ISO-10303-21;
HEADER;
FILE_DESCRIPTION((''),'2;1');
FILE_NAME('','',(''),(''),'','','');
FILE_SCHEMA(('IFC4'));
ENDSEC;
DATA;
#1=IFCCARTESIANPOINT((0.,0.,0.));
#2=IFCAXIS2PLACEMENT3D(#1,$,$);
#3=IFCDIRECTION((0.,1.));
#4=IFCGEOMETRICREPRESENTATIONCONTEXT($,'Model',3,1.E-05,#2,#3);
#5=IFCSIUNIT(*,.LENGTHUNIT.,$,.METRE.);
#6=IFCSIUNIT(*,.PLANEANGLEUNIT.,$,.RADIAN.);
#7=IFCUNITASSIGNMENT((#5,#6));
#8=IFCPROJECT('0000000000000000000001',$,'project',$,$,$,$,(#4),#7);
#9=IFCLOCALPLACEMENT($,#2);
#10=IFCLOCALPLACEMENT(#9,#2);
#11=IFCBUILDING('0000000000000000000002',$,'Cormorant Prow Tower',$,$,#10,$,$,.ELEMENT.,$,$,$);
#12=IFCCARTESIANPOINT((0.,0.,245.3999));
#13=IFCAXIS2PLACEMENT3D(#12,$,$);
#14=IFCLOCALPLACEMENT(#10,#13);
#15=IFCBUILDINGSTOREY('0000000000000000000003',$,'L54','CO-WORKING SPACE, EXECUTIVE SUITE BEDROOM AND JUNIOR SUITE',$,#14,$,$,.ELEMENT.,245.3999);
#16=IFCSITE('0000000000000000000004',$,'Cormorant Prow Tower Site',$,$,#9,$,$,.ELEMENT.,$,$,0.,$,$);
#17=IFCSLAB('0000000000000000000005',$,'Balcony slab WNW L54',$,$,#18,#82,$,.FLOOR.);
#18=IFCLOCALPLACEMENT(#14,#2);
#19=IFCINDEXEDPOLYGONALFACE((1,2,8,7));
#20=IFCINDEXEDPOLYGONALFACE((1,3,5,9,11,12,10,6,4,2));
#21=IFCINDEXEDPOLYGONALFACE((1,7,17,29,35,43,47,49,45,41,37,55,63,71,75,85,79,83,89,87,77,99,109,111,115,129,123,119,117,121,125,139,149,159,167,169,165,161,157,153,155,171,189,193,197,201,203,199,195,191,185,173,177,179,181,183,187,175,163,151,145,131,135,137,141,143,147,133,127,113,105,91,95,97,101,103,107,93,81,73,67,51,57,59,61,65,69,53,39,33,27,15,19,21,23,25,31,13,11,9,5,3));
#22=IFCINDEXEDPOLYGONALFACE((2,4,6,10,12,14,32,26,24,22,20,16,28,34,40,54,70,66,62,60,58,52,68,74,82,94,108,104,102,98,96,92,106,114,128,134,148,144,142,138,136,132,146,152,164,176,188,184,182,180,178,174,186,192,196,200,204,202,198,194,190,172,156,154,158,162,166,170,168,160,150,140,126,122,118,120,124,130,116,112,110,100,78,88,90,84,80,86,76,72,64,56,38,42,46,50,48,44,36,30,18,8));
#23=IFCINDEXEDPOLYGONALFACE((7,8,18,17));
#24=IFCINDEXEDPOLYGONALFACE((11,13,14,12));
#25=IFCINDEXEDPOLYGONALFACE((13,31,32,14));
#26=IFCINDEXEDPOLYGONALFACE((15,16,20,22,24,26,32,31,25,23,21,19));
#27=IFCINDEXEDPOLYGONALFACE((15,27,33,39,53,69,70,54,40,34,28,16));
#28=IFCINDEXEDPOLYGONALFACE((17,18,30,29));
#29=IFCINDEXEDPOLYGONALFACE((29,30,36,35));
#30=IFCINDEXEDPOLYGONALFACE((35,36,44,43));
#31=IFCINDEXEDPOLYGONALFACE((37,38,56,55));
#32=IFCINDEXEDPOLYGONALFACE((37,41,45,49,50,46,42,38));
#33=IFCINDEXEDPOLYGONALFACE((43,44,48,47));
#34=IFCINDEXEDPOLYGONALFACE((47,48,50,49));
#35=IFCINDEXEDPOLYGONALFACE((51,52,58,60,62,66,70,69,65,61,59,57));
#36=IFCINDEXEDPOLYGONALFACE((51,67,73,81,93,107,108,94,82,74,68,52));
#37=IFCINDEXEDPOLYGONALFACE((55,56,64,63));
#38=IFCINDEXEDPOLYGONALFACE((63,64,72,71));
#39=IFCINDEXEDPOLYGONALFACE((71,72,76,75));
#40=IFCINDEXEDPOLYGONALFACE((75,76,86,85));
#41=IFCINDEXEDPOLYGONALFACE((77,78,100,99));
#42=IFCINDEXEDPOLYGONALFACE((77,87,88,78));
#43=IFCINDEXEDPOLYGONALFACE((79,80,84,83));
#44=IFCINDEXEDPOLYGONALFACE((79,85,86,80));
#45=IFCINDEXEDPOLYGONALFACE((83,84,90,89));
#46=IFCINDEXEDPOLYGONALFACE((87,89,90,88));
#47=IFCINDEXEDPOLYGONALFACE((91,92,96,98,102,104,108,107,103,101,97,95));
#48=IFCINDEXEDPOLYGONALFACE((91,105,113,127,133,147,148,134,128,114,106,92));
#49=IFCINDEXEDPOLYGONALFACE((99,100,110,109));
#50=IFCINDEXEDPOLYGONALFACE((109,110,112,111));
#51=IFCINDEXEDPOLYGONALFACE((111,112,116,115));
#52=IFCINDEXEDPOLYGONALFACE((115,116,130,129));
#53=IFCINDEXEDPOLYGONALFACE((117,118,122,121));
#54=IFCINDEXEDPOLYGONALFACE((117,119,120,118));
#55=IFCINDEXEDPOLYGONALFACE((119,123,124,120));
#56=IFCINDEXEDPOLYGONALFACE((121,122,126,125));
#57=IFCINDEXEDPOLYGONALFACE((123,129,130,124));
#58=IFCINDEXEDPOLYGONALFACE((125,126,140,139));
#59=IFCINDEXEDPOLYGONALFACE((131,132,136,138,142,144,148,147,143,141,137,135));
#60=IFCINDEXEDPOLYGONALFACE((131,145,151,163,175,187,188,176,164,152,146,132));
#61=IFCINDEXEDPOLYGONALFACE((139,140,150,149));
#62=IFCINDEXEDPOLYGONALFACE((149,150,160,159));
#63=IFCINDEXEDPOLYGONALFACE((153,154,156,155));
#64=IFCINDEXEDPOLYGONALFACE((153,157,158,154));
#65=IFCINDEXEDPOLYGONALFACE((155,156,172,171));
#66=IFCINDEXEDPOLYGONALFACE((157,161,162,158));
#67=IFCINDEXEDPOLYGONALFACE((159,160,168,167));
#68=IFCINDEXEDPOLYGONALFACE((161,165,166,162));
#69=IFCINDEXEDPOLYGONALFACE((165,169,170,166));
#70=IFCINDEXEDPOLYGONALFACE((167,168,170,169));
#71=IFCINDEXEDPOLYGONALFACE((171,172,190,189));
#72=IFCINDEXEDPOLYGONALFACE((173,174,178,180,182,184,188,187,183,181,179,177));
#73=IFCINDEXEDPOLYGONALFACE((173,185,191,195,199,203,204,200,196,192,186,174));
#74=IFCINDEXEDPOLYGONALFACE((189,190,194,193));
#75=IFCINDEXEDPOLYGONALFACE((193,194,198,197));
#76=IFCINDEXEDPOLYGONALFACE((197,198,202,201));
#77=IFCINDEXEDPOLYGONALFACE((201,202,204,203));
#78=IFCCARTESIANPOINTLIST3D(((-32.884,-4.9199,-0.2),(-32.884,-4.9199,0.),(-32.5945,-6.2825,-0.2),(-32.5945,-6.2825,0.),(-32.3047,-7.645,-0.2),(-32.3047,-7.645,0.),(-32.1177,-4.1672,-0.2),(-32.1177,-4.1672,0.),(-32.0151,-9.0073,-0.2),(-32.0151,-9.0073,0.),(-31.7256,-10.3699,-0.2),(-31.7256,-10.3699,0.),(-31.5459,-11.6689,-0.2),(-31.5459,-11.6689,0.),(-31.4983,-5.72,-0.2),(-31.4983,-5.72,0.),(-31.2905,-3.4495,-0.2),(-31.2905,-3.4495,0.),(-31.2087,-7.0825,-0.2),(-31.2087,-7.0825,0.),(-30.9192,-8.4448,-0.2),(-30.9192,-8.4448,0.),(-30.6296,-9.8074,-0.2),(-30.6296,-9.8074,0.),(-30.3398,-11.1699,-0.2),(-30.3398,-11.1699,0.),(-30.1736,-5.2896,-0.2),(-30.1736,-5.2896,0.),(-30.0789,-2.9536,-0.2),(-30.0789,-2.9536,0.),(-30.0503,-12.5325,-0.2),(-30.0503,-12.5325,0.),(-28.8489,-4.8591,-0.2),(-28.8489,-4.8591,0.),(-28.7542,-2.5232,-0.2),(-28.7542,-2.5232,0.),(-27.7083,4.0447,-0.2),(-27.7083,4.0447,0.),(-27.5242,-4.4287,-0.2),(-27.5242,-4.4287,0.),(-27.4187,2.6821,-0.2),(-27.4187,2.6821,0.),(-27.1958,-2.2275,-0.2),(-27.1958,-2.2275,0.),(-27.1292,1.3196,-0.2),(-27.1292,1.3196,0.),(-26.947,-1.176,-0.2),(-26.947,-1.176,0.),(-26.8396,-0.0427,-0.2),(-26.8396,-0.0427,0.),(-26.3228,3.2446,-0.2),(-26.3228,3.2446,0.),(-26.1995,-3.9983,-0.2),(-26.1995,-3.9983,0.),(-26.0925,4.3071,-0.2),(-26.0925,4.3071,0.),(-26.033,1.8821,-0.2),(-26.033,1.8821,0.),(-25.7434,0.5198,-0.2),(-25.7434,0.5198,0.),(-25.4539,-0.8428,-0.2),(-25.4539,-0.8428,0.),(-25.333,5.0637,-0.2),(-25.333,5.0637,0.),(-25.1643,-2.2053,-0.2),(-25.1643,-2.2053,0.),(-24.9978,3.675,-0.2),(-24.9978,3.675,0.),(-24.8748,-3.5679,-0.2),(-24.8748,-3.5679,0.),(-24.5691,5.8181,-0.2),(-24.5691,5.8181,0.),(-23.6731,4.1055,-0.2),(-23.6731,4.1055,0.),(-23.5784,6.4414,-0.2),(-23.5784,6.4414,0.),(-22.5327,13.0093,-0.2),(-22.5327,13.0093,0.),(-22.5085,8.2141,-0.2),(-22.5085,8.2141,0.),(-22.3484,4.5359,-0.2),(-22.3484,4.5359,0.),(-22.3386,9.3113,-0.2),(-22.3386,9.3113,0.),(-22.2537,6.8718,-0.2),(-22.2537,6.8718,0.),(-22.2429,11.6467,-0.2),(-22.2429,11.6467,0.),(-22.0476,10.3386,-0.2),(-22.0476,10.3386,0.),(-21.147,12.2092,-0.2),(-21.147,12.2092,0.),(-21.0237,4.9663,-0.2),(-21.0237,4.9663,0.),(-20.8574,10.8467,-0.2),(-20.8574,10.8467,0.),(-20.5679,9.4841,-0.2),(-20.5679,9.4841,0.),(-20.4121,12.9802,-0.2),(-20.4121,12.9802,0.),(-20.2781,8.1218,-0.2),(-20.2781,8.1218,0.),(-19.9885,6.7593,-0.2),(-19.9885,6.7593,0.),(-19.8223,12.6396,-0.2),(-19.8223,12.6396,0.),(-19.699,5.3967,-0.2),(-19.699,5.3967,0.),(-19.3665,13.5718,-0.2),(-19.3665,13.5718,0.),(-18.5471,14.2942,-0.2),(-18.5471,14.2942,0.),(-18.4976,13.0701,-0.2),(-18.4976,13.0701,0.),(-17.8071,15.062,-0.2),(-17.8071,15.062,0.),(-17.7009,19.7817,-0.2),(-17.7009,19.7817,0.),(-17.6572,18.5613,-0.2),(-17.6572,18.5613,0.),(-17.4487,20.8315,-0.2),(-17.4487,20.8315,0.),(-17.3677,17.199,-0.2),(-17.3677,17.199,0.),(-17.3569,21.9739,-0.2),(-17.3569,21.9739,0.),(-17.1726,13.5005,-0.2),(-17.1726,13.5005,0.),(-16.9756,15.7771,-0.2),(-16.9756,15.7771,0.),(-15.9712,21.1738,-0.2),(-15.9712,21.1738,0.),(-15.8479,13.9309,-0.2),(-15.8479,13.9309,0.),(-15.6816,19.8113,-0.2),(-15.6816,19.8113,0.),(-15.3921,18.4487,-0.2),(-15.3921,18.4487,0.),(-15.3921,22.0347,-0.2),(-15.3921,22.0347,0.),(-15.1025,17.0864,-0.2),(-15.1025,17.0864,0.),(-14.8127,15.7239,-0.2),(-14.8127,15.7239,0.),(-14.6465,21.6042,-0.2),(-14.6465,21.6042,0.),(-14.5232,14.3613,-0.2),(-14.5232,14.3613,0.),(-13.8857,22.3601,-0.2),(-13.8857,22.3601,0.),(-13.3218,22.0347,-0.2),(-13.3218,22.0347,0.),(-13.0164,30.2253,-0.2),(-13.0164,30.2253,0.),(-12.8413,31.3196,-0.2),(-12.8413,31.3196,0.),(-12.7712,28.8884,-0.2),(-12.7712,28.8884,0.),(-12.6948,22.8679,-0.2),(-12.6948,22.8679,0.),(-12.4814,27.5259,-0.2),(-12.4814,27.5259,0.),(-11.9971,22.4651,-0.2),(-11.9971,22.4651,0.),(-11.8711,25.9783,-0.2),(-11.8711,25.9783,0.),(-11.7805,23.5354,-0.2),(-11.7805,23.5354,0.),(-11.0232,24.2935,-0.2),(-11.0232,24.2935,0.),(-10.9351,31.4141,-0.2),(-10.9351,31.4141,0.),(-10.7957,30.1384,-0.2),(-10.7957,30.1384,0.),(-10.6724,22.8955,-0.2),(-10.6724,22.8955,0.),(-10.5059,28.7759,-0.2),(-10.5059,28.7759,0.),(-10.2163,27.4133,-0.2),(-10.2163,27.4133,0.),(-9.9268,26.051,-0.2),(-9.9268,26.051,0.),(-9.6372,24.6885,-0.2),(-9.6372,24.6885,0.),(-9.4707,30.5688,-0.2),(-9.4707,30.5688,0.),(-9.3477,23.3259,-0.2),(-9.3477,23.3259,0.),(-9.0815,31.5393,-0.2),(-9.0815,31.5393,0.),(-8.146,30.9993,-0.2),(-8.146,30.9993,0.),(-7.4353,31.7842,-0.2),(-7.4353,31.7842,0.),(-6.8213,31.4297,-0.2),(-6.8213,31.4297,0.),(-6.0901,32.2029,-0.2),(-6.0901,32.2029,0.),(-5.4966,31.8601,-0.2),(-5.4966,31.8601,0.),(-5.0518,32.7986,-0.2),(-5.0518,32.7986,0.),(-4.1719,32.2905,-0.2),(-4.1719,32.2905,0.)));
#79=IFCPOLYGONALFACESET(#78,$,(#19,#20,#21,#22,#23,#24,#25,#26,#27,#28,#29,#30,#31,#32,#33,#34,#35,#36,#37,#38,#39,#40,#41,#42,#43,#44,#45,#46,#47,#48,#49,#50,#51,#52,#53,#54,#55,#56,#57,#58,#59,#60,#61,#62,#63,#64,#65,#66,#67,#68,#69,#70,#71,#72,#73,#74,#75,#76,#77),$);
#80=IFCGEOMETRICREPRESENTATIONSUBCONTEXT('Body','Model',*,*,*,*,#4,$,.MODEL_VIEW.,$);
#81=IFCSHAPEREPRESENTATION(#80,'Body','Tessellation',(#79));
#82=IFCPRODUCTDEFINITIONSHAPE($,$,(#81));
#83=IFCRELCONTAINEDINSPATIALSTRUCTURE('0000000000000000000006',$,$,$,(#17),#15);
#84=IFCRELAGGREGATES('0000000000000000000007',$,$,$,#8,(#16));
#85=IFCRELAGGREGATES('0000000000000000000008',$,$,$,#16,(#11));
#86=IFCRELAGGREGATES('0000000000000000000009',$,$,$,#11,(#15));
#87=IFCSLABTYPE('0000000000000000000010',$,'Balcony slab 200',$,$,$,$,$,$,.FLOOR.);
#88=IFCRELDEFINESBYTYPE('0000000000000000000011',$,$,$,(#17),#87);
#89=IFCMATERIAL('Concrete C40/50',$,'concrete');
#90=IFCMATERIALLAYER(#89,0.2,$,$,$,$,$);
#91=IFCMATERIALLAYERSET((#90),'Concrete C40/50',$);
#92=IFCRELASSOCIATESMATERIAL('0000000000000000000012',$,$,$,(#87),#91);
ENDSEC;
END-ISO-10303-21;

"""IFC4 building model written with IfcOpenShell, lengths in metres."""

from ifc_helpers import new_model, si_unit, direction, frame, origin, place, context, subcontext, project, spatial, polyline, outline, extrude, material, layer, layer_set, type_object, element, save


model = new_model("IFC4")

# Units and contexts
model_context = context("Model", 3, precision=1e-05, world=origin(), true_north=direction((0.0, 1.0)))
body_context = subcontext(model_context, "Body", "Model", "MODEL_VIEW")
ifc_project = project(units=[si_unit("LENGTHUNIT", "METRE"), si_unit("PLANEANGLEUNIT", "RADIAN")], contexts=[model_context])

# Site, building, storey
site_placement = place(None, origin())
site = spatial("IfcSite", under=ifc_project, at=site_placement, Name="Cormorant Prow Tower Site", CompositionType="ELEMENT", RefElevation=0.0)
building_placement = place(site_placement, origin())
building = spatial("IfcBuilding", under=site, at=building_placement, Name="Cormorant Prow Tower", CompositionType="ELEMENT")
storey_placement = place(building_placement, frame((0.0, 0.0, 245.3999)))
storey = spatial("IfcBuildingStorey", under=building, at=storey_placement, Name="L54", Description="CO-WORKING SPACE, EXECUTIVE SUITE BEDROOM AND JUNIOR SUITE", CompositionType="ELEMENT", Elevation=245.3999)

# Slab
ifc_material_1 = material(Name="Concrete C40/50", Category="concrete")
ifc_layer_1 = layer(ifc_material_1, 0.2)
ifc_layer_set_1 = layer_set([ifc_layer_1], Name="Concrete C40/50")
slab_type_1 = type_object("IfcSlabType", Name="Balcony slab 200", PredefinedType="FLOOR", material=ifc_layer_set_1)
slab_1_placement = place(storey_placement, frame((0.0, 0.0, -0.2)))
element("IfcSlab", 1, at=slab_1_placement, inside=storey, type_object=slab_type_1, Name="Balcony slab WNW L54", PredefinedType="FLOOR", context=body_context, shape_type="SweptSolid", body=[
    extrude(outline(polyline([(-4.1719, 32.2905), (-5.0518, 32.7986), (-6.0901, 32.2029), (-7.4353, 31.7842), (-9.0815, 31.5393), (-10.9351, 31.4141), (-12.8413, 31.3196), (-13.0164, 30.2253), (-12.7712, 28.8884), (-12.4814, 27.5259), (-11.8711, 25.9783), (-11.0232, 24.2935), (-11.7805, 23.5354), (-12.6948, 22.8679), (-13.8857, 22.3601), (-15.3921, 22.0347), (-17.3569, 21.9739), (-17.4487, 20.8315), (-17.7009, 19.7817), (-17.6572, 18.5613), (-17.3677, 17.199), (-16.9756, 15.7771), (-17.8071, 15.062), (-18.5471, 14.2942), (-19.3665, 13.5718), (-20.4121, 12.9802), (-22.5327, 13.0093), (-22.2429, 11.6467), (-22.0476, 10.3386), (-22.3386, 9.3113), (-22.5085, 8.2141), (-22.2537, 6.8718), (-23.5784, 6.4414), (-24.5691, 5.8181), (-25.333, 5.0637), (-26.0925, 4.3071), (-27.7083, 4.0447), (-27.4187, 2.6821), (-27.1292, 1.3196), (-26.8396, -0.0427), (-26.947, -1.176), (-27.1958, -2.2275), (-28.7542, -2.5232), (-30.0789, -2.9536), (-31.2905, -3.4495), (-32.1177, -4.1672), (-32.884, -4.9199), (-32.5945, -6.2825), (-32.3047, -7.645), (-32.0151, -9.0073), (-31.7256, -10.3699), (-31.5459, -11.6689), (-30.0503, -12.5325), (-30.3398, -11.1699), (-30.6296, -9.8074), (-30.9192, -8.4448), (-31.2087, -7.0825), (-31.4983, -5.72), (-30.1736, -5.2896), (-28.8489, -4.8591), (-27.5242, -4.4287), (-26.1995, -3.9983), (-24.8748, -3.5679), (-25.1643, -2.2053), (-25.4539, -0.8428), (-25.7434, 0.5198), (-26.033, 1.8821), (-26.3228, 3.2446), (-24.9978, 3.675), (-23.6731, 4.1055), (-22.3484, 4.5359), (-21.0237, 4.9663), (-19.699, 5.3967), (-19.9885, 6.7593), (-20.2781, 8.1218), (-20.5679, 9.4841), (-20.8574, 10.8467), (-21.147, 12.2092), (-19.8223, 12.6396), (-18.4976, 13.0701), (-17.1726, 13.5005), (-15.8479, 13.9309), (-14.5232, 14.3613), (-14.8127, 15.7239), (-15.1025, 17.0864), (-15.3921, 18.4487), (-15.6816, 19.8113), (-15.9712, 21.1738), (-14.6465, 21.6042), (-13.3218, 22.0347), (-11.9971, 22.4651), (-10.6724, 22.8955), (-9.3477, 23.3259), (-9.6372, 24.6885), (-9.9268, 26.051), (-10.2163, 27.4133), (-10.5059, 28.7759), (-10.7957, 30.1384), (-9.4707, 30.5688), (-8.146, 30.9993), (-6.8213, 31.4297), (-5.4966, 31.8601), (-4.1719, 32.2905)])), origin(), (0.0, 0.0, 1.0), 0.2),
])

save(model, "model.ifc")
